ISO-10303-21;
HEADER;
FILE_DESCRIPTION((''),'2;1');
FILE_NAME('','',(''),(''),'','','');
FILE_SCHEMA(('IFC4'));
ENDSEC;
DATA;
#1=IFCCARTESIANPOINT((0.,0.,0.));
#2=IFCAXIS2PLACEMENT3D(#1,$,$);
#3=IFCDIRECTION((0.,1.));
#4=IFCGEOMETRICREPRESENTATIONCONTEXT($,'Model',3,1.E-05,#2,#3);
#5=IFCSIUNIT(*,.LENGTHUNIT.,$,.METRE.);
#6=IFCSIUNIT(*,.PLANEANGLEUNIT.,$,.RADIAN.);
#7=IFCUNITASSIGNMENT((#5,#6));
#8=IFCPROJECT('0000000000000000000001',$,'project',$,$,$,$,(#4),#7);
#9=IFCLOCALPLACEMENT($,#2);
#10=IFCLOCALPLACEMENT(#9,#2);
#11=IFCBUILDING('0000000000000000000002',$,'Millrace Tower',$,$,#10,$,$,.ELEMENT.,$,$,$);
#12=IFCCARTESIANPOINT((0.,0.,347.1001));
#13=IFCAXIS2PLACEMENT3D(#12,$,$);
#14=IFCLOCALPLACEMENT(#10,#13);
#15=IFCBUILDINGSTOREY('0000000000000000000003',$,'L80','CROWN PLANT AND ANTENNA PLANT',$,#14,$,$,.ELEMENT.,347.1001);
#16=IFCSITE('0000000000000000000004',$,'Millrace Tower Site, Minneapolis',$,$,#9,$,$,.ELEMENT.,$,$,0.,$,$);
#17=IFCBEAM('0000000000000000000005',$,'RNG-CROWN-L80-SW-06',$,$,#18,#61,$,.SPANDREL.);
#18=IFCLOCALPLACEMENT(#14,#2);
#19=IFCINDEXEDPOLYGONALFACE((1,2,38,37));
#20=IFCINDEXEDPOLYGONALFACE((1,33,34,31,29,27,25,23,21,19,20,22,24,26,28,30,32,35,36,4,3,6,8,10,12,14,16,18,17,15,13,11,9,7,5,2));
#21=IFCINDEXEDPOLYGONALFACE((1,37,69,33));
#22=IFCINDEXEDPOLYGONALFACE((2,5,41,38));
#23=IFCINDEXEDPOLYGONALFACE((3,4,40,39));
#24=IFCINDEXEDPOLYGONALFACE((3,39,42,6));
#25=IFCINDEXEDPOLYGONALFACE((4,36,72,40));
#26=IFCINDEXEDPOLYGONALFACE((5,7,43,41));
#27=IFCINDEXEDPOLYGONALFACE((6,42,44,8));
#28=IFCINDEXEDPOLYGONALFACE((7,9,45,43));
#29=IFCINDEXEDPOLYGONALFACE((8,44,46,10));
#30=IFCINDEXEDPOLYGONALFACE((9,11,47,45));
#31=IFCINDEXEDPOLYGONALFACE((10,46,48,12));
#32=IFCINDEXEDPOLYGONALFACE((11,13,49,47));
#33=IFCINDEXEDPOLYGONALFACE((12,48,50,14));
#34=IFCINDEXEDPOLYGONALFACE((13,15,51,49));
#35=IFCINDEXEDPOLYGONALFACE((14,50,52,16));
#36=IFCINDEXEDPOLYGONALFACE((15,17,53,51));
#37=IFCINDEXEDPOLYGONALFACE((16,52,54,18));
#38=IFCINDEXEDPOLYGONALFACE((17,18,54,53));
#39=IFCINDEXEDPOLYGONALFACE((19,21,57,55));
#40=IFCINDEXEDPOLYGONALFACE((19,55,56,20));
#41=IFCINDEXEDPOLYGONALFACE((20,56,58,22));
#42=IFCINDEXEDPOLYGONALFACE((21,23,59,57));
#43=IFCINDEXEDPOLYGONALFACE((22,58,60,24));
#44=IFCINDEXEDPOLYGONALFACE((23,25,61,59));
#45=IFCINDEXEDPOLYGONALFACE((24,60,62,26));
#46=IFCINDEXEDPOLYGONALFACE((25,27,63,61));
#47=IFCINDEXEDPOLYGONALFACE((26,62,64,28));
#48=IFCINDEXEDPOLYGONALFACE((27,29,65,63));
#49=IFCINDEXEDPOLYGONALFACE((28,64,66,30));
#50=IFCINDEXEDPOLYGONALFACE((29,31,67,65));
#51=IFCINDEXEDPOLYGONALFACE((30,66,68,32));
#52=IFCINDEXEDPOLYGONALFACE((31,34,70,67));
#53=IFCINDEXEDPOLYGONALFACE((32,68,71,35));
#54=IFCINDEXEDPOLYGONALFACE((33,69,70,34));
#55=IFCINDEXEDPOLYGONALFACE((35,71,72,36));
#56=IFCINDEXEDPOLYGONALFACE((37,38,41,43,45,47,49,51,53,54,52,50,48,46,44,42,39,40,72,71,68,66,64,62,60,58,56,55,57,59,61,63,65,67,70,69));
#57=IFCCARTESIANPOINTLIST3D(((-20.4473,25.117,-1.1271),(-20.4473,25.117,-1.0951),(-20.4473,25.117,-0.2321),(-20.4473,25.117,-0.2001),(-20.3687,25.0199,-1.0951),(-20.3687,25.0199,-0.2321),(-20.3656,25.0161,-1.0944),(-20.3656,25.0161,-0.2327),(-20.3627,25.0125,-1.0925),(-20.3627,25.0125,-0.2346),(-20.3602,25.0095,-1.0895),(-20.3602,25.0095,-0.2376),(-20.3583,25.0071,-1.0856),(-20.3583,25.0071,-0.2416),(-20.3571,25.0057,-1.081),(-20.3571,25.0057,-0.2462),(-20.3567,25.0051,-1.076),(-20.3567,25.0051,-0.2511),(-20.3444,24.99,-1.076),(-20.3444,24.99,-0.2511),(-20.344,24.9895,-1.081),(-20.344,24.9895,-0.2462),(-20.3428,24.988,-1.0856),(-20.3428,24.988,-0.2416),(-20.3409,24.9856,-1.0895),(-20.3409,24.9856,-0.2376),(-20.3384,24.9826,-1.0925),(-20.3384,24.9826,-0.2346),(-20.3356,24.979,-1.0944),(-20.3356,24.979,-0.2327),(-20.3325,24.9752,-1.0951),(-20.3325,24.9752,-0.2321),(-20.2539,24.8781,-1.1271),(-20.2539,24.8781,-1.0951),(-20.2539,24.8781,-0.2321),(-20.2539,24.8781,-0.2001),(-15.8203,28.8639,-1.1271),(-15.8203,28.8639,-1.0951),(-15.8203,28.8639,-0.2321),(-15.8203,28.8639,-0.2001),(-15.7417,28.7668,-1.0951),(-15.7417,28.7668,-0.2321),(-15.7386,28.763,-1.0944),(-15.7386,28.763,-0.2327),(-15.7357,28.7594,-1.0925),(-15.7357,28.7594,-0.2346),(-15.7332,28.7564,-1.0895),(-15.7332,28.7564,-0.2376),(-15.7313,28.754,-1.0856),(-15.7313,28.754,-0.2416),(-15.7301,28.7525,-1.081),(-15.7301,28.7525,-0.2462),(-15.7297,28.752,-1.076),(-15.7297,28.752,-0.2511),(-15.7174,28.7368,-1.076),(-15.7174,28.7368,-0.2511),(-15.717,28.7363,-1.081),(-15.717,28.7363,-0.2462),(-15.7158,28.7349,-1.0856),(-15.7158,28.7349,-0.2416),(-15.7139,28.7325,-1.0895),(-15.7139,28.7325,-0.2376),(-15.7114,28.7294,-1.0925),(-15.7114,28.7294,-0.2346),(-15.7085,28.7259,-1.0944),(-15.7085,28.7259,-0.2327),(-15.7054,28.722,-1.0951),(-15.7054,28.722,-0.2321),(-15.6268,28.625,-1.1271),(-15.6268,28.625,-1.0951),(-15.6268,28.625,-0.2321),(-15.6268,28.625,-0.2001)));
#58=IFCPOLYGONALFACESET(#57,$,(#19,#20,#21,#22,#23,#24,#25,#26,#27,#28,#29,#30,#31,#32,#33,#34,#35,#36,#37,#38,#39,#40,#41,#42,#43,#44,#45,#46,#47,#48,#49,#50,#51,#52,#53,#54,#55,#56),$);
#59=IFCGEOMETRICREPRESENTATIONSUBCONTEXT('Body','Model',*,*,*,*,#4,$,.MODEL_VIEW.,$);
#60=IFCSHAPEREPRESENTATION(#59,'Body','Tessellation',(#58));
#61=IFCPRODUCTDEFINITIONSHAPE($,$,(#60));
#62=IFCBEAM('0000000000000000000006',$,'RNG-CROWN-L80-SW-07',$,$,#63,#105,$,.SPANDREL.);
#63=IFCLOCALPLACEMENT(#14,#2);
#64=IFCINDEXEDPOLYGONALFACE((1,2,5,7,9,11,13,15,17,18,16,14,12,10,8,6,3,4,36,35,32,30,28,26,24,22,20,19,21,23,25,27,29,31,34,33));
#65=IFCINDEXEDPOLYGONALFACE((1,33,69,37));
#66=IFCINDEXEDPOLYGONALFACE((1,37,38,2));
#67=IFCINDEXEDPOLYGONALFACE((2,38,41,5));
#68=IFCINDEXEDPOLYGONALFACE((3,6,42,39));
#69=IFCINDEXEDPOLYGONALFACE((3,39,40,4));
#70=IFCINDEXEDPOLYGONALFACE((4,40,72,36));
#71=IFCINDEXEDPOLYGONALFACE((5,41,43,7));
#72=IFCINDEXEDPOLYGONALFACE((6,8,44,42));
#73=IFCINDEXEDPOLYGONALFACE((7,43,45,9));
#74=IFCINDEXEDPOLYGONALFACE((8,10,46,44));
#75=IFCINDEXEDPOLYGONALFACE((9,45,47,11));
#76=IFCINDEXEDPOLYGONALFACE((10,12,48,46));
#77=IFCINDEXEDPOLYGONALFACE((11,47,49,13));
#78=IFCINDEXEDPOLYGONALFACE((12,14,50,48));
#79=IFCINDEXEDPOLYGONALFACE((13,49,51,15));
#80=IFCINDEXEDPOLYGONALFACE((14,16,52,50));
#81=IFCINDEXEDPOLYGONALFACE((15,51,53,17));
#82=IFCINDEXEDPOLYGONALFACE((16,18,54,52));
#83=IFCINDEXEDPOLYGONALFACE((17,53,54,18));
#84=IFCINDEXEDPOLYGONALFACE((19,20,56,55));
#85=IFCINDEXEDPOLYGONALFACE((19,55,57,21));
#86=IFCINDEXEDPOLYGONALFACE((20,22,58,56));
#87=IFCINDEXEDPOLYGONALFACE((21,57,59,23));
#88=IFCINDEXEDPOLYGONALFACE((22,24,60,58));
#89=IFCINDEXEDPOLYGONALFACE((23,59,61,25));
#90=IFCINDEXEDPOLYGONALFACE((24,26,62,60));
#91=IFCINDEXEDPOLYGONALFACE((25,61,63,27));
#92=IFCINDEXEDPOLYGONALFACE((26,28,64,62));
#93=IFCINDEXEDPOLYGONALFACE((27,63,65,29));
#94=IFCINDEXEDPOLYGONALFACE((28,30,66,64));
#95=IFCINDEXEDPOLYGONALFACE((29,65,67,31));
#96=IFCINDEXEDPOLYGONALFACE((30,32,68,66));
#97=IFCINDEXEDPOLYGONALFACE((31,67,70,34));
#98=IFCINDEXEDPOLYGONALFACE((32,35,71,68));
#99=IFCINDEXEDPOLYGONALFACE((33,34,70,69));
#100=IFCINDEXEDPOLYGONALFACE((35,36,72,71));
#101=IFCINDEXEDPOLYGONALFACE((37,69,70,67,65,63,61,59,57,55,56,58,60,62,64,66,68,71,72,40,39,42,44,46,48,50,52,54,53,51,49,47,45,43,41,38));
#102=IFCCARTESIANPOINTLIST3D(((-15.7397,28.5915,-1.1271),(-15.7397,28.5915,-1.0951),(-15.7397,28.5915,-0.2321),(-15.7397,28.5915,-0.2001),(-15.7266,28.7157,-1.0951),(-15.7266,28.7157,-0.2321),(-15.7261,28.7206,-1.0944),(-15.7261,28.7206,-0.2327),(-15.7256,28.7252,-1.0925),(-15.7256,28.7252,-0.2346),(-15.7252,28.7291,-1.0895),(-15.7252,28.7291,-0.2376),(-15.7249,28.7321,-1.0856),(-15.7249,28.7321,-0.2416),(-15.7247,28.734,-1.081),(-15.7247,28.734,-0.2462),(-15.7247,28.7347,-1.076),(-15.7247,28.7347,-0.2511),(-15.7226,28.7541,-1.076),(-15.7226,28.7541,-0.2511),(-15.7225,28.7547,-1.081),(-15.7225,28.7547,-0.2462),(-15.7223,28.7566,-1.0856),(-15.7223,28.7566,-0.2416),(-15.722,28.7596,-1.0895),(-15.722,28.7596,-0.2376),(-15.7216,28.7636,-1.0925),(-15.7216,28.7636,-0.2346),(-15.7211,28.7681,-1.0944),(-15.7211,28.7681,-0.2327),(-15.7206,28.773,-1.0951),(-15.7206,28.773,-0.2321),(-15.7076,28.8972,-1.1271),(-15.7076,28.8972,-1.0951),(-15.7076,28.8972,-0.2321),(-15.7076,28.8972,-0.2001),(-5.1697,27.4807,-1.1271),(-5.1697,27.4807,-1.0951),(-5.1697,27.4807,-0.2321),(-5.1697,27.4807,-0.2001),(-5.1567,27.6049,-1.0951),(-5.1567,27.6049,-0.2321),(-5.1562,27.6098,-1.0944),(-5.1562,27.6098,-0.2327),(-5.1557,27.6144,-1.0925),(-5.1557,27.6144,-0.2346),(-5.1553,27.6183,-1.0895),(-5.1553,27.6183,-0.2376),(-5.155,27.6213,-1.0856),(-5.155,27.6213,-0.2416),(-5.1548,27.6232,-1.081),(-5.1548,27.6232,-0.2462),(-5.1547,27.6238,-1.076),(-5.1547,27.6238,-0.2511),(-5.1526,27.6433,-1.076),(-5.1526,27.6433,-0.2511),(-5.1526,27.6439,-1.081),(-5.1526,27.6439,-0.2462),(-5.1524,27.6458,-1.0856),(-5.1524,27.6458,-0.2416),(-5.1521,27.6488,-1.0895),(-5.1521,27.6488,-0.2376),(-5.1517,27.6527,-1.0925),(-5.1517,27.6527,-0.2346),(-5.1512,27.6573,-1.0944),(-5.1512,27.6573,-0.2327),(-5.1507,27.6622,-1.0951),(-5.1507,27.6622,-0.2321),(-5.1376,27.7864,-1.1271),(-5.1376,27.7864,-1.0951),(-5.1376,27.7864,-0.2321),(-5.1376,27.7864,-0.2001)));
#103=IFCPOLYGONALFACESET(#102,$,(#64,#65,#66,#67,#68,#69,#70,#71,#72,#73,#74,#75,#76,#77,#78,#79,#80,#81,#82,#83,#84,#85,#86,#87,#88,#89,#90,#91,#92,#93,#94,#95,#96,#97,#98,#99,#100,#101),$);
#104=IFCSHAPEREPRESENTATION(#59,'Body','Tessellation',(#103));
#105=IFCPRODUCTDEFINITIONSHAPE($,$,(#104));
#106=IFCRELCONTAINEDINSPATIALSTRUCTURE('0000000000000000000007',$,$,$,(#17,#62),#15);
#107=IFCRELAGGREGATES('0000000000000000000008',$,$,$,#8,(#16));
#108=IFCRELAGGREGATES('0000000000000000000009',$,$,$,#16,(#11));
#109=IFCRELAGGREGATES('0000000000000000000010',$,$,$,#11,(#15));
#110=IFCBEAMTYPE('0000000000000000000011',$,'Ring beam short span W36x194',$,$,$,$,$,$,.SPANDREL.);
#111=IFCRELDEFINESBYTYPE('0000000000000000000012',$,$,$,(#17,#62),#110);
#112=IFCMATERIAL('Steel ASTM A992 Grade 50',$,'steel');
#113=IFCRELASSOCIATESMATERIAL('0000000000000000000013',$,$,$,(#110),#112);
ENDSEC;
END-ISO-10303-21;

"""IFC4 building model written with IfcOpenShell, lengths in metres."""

from ifc_helpers import new_model, si_unit, direction, frame, origin, origin_2d, place, context, subcontext, project, spatial, i_section, extrude, material, material_profile, profile_set, type_object, element, save


model = new_model("IFC4")

# Units and contexts
model_context = context("Model", 3, precision=1e-05, world=origin(), true_north=direction((0.0, 1.0)))
body_context = subcontext(model_context, "Body", "Model", "MODEL_VIEW")
ifc_project = project(units=[si_unit("LENGTHUNIT", "METRE"), si_unit("PLANEANGLEUNIT", "RADIAN")], contexts=[model_context])

# Site, building, storey
site_placement = place(None, origin())
site = spatial("IfcSite", under=ifc_project, at=site_placement, Name="Millrace Tower Site, Minneapolis", CompositionType="ELEMENT", RefElevation=0.0)
building_placement = place(site_placement, origin())
building = spatial("IfcBuilding", under=site, at=building_placement, Name="Millrace Tower", CompositionType="ELEMENT")
storey_placement = place(building_placement, frame((0.0, 0.0, 347.1001)))
storey = spatial("IfcBuildingStorey", under=building, at=storey_placement, Name="L80", Description="CROWN PLANT AND ANTENNA PLANT", CompositionType="ELEMENT", Elevation=347.1001)

# Beams
ifc_material_1 = material(Name="Steel ASTM A992 Grade 50", Category="steel")
ifc_material_profile_1 = material_profile(ifc_material_1, i_section(OverallWidth=0.3074, OverallDepth=0.927, WebThickness=0.0195, FlangeThickness=0.032, FilletRadius=0.019, at=origin_2d()))
ifc_profile_set_1 = profile_set([ifc_material_profile_1], Name="Steel ASTM A992 Grade 50")
beam_type_1 = type_object("IfcBeamType", Name="Ring beam short span W36x194", PredefinedType="SPANDREL", material=ifc_profile_set_1)
beam_1_placement = place(storey_placement, frame((-20.3506, 24.9976, -0.6636), z_axis=(0.777147, 0.62932, 0.0), x_axis=(-0.62932, 0.777147, 0.0)))
element("IfcBeam", 1, at=beam_1_placement, inside=storey, type_object=beam_type_1, Name="RNG-CROWN-L80-SW-06", PredefinedType="SPANDREL", context=body_context, shape_type="SweptSolid", body=[
    extrude(i_section(OverallWidth=0.3074, OverallDepth=0.927, WebThickness=0.0195, FlangeThickness=0.032, FilletRadius=0.019, at=origin_2d()), origin(), (0.0, 0.0, 1.0), 5.9539),
])
beam_2_placement = place(storey_placement, frame((-15.7236, 28.7444, -0.6636), z_axis=(0.994523, -0.104517, 0.0), x_axis=(0.104517, 0.994523, 0.0)))
element("IfcBeam", 2, at=beam_2_placement, inside=storey, type_object=beam_type_1, Name="RNG-CROWN-L80-SW-07", PredefinedType="SPANDREL", context=body_context, shape_type="SweptSolid", body=[
    extrude(i_section(OverallWidth=0.3074, OverallDepth=0.927, WebThickness=0.0195, FlangeThickness=0.032, FilletRadius=0.019, at=origin_2d()), origin(), (0.0, 0.0, 1.0), 10.6282),
])

save(model, "model.ifc")
